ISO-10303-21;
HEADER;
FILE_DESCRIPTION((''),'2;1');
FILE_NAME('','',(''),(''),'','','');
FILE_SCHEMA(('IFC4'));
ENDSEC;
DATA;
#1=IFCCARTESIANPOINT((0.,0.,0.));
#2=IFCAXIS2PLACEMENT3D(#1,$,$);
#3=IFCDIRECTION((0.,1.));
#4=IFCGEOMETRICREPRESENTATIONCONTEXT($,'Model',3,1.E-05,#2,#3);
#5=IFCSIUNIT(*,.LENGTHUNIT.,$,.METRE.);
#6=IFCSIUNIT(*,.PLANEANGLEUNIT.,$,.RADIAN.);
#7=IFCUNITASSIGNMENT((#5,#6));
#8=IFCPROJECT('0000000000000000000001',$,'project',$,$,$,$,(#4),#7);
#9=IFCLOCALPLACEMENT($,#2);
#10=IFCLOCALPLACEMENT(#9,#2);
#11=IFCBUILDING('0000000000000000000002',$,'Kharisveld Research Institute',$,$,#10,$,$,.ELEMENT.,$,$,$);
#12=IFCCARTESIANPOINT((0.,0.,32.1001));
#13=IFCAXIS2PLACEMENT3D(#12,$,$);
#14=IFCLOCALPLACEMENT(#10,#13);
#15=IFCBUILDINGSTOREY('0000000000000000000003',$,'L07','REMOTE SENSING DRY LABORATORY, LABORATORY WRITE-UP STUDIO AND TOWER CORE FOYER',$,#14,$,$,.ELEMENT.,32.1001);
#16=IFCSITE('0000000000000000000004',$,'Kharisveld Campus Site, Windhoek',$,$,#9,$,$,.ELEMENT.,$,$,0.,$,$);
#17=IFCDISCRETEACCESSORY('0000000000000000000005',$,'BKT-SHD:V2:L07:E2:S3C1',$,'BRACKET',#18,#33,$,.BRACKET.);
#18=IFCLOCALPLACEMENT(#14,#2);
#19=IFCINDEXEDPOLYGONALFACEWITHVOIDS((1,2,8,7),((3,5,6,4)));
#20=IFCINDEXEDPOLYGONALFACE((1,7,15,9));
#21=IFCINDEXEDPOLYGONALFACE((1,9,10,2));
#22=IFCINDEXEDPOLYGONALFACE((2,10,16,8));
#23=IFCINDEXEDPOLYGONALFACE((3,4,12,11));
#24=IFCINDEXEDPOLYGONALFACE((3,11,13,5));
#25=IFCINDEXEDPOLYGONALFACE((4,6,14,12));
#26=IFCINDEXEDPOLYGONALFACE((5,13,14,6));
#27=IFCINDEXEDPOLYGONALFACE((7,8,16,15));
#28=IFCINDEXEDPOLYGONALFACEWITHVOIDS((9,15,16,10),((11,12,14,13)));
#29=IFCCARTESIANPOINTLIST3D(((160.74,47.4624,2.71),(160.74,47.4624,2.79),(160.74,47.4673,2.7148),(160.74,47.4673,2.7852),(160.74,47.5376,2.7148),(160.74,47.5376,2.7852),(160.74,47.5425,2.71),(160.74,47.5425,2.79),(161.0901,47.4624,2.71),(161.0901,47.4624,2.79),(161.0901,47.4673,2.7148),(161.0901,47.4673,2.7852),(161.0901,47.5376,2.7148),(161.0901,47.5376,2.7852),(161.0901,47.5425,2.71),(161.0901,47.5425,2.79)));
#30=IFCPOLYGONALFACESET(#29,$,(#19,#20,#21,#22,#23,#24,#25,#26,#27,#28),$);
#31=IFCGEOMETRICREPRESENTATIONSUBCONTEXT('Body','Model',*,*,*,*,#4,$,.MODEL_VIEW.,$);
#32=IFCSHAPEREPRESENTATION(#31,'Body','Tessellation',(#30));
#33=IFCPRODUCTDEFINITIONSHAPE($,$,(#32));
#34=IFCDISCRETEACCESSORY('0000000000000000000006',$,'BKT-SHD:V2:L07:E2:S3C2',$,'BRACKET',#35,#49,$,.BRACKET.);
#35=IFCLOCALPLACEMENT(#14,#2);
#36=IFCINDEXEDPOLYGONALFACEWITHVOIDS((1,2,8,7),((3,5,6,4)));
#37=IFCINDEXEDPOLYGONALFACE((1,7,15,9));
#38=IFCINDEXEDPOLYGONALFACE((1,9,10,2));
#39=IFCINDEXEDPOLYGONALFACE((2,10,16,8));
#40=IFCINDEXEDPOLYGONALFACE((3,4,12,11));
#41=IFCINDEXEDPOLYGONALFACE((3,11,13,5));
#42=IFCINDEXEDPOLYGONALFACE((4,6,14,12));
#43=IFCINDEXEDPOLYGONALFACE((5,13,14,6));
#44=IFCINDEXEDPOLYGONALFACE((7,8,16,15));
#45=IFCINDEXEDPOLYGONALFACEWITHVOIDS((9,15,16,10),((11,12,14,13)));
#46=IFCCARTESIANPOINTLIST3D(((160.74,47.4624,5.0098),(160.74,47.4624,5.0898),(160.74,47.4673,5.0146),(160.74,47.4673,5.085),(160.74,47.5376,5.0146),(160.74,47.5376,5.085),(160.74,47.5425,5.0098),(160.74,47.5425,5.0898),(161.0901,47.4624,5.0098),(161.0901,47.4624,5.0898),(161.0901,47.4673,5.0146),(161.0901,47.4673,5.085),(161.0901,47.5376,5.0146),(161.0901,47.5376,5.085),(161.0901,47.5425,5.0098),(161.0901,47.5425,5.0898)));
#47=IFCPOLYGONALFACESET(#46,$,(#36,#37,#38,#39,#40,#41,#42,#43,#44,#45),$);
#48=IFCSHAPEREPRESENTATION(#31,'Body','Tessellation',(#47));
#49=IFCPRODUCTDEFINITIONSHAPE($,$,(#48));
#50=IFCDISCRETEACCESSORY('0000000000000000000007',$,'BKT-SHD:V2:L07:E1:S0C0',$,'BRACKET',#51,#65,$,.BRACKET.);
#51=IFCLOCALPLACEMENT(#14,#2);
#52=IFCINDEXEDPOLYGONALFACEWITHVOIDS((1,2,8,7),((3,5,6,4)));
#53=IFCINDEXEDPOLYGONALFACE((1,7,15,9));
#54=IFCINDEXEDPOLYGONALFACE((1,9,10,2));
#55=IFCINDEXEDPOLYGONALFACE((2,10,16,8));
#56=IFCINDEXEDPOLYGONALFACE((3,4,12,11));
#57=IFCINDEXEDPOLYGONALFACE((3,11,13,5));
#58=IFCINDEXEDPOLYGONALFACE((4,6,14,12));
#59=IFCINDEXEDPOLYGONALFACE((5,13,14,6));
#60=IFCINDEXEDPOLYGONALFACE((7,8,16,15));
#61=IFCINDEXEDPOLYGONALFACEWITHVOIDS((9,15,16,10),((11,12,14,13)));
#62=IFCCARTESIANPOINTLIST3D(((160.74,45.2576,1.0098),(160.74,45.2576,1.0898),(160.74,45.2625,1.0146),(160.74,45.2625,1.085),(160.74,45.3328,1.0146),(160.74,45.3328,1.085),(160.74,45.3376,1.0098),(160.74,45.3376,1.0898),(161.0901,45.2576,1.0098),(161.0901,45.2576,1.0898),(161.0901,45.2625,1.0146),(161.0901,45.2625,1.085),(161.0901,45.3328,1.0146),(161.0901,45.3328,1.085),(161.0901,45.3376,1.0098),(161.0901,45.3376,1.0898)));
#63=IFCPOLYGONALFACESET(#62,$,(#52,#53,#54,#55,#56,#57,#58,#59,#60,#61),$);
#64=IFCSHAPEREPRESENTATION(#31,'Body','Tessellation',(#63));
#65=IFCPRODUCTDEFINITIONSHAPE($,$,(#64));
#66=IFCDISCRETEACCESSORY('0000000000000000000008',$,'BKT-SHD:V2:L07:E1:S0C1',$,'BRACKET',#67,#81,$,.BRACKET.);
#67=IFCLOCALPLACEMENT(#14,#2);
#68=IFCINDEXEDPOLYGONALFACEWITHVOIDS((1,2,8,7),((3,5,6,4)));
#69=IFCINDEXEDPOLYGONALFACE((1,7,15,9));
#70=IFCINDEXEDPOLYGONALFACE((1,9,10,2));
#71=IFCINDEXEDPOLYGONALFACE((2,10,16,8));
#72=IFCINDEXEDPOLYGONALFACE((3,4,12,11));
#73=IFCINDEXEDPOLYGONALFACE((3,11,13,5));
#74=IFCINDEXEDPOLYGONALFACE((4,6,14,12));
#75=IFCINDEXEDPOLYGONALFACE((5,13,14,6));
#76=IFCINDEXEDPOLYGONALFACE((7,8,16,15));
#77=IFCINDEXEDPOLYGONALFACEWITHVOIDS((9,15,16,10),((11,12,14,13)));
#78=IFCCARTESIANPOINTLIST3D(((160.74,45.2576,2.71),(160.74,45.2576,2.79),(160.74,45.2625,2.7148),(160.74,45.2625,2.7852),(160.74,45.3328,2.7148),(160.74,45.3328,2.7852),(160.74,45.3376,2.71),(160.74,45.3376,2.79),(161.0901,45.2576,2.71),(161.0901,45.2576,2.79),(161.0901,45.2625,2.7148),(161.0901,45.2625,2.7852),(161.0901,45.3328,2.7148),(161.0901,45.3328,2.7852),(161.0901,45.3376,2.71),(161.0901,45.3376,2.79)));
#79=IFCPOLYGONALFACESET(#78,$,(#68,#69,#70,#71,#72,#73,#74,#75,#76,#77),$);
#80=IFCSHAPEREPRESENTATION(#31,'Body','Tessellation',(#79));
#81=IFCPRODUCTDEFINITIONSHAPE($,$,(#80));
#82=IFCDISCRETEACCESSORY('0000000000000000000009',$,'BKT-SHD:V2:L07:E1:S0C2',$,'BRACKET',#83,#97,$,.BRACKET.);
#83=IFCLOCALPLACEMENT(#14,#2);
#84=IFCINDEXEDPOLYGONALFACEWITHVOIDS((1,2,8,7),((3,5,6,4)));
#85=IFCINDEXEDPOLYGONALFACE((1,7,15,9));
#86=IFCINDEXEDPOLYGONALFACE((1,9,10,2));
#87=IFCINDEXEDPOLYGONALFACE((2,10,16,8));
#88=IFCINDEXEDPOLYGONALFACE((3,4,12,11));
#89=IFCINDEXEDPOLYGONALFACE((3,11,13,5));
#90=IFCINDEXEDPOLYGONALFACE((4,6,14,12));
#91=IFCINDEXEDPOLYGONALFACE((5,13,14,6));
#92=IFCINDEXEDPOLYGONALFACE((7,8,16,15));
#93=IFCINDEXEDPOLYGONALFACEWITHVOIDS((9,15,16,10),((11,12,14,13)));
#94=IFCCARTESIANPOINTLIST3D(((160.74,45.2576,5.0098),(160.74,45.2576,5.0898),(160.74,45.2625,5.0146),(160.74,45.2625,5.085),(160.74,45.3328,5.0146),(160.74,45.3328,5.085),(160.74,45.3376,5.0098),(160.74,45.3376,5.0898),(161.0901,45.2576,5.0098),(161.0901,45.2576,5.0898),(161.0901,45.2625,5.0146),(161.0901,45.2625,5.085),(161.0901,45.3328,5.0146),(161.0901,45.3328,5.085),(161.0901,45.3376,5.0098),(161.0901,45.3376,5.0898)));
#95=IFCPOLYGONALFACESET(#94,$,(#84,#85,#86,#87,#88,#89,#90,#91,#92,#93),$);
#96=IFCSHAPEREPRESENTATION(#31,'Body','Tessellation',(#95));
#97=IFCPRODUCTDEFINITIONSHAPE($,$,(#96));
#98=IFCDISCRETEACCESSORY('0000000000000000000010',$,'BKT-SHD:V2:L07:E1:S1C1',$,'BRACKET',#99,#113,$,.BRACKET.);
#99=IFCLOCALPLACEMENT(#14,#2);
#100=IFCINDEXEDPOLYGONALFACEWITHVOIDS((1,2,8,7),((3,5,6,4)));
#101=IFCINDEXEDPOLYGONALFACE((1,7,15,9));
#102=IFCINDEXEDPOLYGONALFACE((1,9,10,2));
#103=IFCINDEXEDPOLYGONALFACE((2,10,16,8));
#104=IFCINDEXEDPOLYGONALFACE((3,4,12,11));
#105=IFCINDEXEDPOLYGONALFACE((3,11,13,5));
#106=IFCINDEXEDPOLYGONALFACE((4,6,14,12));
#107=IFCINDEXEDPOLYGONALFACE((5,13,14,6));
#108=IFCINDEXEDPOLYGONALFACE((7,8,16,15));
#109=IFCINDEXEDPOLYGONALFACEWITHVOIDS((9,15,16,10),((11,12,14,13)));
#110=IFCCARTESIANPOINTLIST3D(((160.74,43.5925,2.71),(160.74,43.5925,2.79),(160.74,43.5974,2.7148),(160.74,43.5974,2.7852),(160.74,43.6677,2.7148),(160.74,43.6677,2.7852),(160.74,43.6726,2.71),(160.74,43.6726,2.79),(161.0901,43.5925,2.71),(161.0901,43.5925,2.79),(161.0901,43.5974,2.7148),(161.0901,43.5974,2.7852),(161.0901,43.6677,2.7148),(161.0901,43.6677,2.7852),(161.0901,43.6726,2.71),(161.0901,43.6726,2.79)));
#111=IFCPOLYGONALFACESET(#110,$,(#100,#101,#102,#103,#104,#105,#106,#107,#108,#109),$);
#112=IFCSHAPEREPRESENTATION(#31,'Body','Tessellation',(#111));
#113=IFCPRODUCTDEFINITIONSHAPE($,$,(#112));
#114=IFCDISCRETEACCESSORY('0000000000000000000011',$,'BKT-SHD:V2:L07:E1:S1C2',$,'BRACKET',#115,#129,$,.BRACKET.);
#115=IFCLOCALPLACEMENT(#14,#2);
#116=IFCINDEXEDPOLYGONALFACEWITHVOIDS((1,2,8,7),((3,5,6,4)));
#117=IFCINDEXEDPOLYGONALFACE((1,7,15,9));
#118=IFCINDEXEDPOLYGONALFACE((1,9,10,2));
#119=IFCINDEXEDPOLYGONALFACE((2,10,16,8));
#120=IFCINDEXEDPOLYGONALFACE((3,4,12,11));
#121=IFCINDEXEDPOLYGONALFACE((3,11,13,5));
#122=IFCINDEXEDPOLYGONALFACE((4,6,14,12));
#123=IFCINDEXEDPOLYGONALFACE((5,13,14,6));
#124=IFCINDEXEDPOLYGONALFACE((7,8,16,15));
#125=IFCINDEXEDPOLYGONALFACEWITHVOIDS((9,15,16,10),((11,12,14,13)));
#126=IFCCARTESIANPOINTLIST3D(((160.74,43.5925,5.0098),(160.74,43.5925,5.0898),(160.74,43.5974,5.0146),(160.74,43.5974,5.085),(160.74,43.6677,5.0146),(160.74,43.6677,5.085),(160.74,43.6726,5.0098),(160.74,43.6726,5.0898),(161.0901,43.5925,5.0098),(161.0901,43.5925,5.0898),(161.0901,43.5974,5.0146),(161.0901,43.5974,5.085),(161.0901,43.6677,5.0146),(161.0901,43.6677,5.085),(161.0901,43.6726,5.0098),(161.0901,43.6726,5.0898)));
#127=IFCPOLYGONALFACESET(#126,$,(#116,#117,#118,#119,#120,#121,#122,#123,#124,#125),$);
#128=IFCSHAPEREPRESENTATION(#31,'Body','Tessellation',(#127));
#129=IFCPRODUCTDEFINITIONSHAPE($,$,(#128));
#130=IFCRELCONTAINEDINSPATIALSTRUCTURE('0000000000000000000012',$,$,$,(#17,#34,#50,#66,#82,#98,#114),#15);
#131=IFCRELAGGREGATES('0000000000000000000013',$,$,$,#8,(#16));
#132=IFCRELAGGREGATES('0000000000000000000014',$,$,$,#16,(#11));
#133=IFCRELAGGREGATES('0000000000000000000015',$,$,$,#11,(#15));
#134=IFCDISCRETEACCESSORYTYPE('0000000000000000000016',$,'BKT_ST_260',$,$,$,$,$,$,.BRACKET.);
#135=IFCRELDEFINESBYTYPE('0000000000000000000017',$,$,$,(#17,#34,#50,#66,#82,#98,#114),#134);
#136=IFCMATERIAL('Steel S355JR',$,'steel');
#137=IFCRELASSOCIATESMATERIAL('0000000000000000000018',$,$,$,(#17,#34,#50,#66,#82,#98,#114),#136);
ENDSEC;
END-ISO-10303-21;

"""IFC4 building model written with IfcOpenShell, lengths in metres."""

from ifc_helpers import new_model, si_unit, direction, frame, origin, origin_2d, place, context, subcontext, project, spatial, hollow_rectangle, extrude, material, type_object, element, save


model = new_model("IFC4")

# Units and contexts
model_context = context("Model", 3, precision=1e-05, world=origin(), true_north=direction((0.0, 1.0)))
body_context = subcontext(model_context, "Body", "Model", "MODEL_VIEW")
ifc_project = project(units=[si_unit("LENGTHUNIT", "METRE"), si_unit("PLANEANGLEUNIT", "RADIAN")], contexts=[model_context])

# Site, building, storey
site_placement = place(None, origin())
site = spatial("IfcSite", under=ifc_project, at=site_placement, Name="Kharisveld Campus Site, Windhoek", CompositionType="ELEMENT", RefElevation=0.0)
building_placement = place(site_placement, origin())
building = spatial("IfcBuilding", under=site, at=building_placement, Name="Kharisveld Research Institute", CompositionType="ELEMENT")
storey_placement = place(building_placement, frame((0.0, 0.0, 32.1001)))
storey = spatial("IfcBuildingStorey", under=building, at=storey_placement, Name="L07", Description="REMOTE SENSING DRY LABORATORY, LABORATORY WRITE-UP STUDIO AND TOWER CORE FOYER", CompositionType="ELEMENT", Elevation=32.1001)

# Discrete accessories
ifc_material_1 = material(Name="Steel S355JR", Category="steel")
discrete_accessory_type = type_object("IfcDiscreteAccessoryType", Name="BKT_ST_260", PredefinedType="BRACKET")
for number, where, z_axis, x_axis, name in (
    (1, (160.74, 47.5024, 2.75), (1.0, 0.0, 0.0), (0.0, 1.0, 0.0), "BKT-SHD:V2:L07:E2:S3C1"),
    (2, (160.74, 47.5024, 5.0498), (1.0, 0.0, 0.0), (0.0, 1.0, 0.0), "BKT-SHD:V2:L07:E2:S3C2"),
    (3, (160.74, 45.2976, 1.0498), (1.0, 0.0, 0.0), (0.0, 1.0, 0.0), "BKT-SHD:V2:L07:E1:S0C0"),
    (4, (160.74, 45.2976, 2.75), (1.0, 0.0, 0.0), (0.0, 1.0, 0.0), "BKT-SHD:V2:L07:E1:S0C1"),
    (5, (160.74, 45.2976, 5.0498), (1.0, 0.0, 0.0), (0.0, 1.0, 0.0), "BKT-SHD:V2:L07:E1:S0C2"),
    (6, (160.74, 43.6326, 2.75), (1.0, 0.0, 0.0), (0.0, 1.0, 0.0), "BKT-SHD:V2:L07:E1:S1C1"),
    (7, (160.74, 43.6326, 5.0498), (1.0, 0.0, 0.0), (0.0, 1.0, 0.0), "BKT-SHD:V2:L07:E1:S1C2"),
):
    element("IfcDiscreteAccessory", number, at=place(storey_placement, frame(where, z_axis=z_axis, x_axis=x_axis)), inside=storey, type_object=discrete_accessory_type, material=ifc_material_1, Name=name, ObjectType="BRACKET", PredefinedType="BRACKET", context=body_context, shape_type="SweptSolid", body=[
        extrude(hollow_rectangle(XDim=0.0801, YDim=0.0801, WallThickness=0.0049, at=origin_2d()), origin(), (0.0, 0.0, 1.0), 0.3501),
    ])

save(model, "model.ifc")
